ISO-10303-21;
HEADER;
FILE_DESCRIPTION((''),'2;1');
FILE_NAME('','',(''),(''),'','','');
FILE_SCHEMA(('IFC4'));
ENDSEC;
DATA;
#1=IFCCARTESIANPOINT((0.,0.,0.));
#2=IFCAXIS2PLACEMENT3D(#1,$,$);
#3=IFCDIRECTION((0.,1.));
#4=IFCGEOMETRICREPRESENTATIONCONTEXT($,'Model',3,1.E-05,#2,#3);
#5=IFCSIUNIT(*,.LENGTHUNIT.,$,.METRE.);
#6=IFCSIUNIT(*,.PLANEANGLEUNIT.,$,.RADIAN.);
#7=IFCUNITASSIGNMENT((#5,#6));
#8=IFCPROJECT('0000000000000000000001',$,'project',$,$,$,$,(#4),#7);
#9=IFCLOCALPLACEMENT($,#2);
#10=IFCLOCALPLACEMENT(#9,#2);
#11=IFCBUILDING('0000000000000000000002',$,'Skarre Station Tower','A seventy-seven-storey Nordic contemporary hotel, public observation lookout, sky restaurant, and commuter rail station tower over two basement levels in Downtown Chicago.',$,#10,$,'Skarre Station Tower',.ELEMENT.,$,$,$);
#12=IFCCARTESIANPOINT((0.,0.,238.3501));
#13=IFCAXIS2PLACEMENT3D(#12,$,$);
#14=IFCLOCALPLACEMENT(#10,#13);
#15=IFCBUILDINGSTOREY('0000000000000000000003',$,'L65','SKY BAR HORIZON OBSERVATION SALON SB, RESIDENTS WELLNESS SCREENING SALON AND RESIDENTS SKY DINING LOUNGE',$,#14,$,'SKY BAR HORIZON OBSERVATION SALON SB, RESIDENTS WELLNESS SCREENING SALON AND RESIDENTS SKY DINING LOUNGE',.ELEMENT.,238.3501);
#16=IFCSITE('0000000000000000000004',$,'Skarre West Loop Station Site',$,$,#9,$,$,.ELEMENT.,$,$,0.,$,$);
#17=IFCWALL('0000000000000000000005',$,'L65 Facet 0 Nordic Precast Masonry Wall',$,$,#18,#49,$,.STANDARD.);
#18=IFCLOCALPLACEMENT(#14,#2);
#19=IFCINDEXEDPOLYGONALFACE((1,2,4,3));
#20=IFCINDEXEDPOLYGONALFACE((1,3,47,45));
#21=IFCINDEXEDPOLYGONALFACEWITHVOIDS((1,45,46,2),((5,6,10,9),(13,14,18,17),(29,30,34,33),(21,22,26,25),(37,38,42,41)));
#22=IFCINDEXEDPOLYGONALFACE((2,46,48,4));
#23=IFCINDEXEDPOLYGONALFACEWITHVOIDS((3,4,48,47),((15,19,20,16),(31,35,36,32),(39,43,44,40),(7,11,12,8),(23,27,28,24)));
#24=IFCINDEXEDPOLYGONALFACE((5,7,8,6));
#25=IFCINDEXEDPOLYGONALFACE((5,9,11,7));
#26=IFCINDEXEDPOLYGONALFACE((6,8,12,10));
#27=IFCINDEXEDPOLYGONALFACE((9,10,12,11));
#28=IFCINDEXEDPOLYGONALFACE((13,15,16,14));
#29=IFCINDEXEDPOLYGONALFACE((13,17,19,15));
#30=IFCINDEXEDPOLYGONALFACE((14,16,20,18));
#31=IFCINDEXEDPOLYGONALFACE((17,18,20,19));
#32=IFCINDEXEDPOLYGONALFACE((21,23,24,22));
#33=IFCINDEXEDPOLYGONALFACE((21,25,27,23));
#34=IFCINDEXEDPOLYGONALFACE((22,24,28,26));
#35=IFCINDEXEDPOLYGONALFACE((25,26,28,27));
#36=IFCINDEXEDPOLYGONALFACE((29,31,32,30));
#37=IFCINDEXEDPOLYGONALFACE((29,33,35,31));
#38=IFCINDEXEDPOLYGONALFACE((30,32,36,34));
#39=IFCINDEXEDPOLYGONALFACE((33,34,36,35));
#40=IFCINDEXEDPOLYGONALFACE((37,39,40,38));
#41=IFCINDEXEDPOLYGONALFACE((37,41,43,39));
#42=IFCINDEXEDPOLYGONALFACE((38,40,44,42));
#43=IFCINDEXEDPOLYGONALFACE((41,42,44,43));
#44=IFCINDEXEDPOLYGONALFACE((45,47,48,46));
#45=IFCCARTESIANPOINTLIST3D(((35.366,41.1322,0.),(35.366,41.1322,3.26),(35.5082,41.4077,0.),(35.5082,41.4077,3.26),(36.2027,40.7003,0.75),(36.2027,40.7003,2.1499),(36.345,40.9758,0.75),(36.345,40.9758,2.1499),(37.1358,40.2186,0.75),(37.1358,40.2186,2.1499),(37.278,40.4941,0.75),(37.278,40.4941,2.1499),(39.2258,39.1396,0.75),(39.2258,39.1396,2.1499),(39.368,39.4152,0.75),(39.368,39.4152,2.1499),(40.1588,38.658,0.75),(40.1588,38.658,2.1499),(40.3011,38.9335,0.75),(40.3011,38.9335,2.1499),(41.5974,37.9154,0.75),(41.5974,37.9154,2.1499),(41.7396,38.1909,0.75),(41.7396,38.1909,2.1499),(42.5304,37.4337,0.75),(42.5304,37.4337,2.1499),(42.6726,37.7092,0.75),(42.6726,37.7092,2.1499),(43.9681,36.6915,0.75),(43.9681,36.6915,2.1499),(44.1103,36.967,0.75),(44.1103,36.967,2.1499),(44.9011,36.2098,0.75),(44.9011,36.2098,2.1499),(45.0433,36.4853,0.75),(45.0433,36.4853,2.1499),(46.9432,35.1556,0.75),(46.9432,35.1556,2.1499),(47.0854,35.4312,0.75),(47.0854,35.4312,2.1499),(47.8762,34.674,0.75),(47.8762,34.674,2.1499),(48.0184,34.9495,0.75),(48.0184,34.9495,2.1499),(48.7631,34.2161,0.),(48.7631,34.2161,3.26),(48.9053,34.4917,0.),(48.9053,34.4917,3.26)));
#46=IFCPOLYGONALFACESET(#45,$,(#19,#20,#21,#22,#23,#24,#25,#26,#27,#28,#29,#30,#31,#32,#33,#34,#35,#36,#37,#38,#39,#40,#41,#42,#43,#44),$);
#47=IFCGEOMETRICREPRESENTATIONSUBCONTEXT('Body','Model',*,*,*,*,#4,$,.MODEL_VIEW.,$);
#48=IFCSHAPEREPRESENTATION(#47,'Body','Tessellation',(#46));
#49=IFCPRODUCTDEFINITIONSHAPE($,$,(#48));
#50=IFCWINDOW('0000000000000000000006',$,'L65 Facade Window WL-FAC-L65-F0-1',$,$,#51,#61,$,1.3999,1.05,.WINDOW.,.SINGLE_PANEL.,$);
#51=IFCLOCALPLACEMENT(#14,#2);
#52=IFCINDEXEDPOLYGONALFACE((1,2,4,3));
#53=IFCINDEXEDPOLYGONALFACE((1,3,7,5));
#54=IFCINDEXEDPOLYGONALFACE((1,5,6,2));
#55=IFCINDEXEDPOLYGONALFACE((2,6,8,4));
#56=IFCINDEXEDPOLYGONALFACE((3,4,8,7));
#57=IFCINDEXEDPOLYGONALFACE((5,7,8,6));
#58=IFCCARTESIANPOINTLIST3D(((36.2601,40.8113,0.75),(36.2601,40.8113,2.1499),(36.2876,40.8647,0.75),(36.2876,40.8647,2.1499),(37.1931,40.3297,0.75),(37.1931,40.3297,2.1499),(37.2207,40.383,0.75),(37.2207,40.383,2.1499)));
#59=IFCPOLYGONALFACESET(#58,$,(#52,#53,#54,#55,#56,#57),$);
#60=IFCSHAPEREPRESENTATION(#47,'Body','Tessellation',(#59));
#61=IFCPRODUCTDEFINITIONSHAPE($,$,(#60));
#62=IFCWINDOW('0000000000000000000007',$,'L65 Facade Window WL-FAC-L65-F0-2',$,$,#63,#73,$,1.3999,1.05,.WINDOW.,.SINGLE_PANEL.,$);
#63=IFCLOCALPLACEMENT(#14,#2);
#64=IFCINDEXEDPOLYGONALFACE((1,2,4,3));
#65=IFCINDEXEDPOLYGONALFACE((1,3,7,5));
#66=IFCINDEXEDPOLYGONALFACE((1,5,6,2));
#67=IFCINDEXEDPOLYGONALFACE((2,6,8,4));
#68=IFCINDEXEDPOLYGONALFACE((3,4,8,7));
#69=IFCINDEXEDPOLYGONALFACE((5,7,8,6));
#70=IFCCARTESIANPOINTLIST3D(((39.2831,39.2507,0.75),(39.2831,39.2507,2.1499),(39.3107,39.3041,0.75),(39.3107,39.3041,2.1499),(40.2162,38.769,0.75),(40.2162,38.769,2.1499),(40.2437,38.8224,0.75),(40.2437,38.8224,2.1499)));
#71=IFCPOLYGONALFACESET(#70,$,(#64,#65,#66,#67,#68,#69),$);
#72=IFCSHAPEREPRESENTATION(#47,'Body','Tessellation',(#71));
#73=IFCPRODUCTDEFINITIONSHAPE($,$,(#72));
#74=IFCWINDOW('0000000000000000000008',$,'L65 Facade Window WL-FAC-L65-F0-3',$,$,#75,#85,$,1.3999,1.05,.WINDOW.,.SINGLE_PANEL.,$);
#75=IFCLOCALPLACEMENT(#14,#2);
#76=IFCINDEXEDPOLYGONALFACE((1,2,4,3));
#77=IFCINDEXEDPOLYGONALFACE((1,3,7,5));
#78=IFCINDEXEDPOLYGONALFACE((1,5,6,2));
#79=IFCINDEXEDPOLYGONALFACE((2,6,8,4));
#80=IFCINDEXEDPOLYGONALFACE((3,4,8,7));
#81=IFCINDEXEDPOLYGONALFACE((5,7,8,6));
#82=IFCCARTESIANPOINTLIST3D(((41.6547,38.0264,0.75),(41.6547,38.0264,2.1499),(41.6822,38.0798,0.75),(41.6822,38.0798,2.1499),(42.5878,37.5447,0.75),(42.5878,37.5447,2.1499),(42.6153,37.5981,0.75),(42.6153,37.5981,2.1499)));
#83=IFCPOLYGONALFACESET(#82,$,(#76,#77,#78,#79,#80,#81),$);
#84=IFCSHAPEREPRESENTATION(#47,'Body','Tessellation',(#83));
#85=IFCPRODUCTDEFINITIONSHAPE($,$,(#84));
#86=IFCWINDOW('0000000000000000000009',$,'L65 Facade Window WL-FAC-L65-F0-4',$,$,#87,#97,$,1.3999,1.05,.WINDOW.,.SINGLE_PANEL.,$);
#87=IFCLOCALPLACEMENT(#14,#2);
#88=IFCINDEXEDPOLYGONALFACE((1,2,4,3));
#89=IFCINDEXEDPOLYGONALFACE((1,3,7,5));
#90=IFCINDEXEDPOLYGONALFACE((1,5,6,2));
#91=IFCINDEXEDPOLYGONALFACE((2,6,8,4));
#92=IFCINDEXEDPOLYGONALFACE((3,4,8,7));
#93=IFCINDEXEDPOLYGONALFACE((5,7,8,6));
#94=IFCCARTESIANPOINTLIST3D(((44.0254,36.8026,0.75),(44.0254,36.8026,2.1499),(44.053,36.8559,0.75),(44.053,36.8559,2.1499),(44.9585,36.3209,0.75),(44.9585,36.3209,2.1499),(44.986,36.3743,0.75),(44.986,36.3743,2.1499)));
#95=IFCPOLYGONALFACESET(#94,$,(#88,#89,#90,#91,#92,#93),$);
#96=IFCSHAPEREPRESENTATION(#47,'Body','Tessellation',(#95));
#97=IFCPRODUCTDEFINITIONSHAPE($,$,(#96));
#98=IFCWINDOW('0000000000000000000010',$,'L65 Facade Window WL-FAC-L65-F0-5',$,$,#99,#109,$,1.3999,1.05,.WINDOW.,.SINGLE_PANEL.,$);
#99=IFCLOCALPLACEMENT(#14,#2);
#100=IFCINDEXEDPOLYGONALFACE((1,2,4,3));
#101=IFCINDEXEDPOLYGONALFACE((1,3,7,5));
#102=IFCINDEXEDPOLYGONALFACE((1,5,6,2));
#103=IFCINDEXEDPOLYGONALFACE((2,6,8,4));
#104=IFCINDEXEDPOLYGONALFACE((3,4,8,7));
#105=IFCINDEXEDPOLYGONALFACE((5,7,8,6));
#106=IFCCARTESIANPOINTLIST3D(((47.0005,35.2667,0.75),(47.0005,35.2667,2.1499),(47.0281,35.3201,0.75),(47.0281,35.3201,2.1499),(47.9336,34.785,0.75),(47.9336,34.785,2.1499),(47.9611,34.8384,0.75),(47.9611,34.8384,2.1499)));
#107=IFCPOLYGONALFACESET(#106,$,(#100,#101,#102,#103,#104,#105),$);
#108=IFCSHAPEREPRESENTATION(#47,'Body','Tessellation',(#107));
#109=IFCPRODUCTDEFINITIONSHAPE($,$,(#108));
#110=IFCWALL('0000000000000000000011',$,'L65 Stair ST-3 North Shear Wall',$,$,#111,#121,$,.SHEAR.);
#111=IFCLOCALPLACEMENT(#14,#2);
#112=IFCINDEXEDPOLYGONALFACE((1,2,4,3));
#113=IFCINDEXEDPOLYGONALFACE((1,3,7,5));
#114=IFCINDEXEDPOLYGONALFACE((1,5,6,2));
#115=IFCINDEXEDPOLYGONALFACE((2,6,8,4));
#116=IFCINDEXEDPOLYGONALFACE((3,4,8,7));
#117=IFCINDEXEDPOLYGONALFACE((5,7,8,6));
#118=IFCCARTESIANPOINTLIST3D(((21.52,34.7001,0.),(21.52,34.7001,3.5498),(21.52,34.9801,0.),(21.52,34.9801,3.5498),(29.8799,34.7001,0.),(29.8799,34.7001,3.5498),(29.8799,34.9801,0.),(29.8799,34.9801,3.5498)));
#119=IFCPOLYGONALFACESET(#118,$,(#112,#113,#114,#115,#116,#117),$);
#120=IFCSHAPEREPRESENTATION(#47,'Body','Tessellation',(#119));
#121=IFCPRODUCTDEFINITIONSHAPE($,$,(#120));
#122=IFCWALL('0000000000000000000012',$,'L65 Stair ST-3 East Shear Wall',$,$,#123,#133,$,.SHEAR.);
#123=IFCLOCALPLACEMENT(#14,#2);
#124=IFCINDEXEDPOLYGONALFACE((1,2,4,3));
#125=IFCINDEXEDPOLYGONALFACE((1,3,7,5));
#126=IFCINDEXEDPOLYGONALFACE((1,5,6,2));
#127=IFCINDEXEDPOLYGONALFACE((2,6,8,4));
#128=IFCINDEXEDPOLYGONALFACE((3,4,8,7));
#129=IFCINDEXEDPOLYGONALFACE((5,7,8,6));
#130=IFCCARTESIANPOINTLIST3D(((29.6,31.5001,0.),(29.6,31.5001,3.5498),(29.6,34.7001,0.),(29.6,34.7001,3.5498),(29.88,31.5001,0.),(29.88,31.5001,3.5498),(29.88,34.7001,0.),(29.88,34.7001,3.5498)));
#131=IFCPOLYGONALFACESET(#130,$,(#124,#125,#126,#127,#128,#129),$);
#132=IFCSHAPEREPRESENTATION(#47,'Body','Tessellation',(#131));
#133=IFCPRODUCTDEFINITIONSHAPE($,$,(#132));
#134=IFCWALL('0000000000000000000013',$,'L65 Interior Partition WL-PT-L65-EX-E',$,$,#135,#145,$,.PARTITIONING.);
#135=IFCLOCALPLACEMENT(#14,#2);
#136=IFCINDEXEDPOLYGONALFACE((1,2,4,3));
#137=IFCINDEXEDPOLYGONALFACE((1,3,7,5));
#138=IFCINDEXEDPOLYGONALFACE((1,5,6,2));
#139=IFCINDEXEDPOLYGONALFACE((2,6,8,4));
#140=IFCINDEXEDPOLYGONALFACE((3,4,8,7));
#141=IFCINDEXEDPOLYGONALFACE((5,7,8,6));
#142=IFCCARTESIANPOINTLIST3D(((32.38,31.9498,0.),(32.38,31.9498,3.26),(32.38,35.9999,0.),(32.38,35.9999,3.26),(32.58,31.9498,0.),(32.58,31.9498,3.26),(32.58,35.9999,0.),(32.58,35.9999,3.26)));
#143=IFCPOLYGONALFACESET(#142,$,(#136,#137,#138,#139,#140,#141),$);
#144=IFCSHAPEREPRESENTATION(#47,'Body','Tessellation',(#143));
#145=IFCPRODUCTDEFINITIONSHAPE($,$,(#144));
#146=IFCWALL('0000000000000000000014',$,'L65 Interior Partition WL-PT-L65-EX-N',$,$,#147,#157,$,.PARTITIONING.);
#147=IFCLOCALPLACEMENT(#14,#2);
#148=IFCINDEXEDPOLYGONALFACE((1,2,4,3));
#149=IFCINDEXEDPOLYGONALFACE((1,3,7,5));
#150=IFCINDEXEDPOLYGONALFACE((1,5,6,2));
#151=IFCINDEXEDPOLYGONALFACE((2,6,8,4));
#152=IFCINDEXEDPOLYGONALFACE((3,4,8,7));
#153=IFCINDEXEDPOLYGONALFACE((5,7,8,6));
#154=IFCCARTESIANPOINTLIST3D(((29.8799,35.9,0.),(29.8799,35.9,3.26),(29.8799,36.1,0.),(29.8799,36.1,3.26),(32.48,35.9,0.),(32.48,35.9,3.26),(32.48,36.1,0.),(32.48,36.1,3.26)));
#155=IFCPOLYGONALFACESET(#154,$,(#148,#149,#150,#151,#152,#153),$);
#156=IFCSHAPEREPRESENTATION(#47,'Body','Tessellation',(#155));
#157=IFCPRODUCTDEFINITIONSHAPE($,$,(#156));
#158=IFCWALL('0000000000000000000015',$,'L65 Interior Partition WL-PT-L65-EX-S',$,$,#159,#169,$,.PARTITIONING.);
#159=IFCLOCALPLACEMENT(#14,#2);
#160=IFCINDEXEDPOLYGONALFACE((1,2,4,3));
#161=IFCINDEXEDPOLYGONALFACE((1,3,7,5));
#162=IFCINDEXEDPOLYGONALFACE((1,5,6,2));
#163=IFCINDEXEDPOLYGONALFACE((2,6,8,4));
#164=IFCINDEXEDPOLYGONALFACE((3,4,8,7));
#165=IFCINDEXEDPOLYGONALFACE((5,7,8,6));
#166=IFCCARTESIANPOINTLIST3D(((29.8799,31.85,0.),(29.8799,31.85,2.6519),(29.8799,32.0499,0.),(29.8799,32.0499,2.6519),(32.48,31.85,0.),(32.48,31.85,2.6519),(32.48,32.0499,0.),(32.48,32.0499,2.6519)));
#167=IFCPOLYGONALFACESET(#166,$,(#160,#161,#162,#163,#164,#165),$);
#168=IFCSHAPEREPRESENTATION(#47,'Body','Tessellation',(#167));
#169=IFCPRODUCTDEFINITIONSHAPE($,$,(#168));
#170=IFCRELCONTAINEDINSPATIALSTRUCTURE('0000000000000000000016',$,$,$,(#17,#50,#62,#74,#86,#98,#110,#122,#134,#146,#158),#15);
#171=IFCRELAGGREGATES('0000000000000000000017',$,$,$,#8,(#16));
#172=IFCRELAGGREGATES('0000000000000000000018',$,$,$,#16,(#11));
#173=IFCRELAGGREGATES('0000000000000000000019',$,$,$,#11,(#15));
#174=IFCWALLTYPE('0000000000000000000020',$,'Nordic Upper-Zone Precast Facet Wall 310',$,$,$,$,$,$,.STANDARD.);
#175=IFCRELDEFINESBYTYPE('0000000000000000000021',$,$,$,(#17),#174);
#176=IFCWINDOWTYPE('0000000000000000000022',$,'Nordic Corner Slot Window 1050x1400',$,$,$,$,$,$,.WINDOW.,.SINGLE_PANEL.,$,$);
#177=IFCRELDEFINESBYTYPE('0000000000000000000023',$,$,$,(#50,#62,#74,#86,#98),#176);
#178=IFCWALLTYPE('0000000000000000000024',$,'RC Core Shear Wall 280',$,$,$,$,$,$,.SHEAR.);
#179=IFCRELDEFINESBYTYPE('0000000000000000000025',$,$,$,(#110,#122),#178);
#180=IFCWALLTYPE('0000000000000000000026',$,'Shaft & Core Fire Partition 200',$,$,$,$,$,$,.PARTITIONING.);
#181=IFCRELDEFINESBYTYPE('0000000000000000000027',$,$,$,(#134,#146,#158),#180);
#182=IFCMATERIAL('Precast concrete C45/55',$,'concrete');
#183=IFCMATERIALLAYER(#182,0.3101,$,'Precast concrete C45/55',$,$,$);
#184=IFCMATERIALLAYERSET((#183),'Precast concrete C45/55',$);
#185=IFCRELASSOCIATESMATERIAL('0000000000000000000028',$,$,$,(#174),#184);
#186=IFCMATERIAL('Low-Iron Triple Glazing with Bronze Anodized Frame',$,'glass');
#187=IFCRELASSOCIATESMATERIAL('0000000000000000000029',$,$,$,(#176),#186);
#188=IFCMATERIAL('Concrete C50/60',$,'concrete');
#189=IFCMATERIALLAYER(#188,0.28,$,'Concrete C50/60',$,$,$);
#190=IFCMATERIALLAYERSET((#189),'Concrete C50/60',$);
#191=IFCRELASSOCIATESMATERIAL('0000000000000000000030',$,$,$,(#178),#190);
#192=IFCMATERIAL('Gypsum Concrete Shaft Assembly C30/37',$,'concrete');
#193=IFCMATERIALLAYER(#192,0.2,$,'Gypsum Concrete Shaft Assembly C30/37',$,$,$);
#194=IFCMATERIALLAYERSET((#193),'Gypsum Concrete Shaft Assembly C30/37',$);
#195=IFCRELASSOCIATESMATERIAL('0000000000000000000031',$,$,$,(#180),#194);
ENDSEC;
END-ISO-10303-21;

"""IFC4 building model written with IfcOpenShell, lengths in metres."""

from ifc_helpers import new_model, si_unit, direction, frame, frame_2d, origin, place, context, subcontext, project, spatial, rectangle, extrude, material, layer, layer_set, type_object, element, fill, save


model = new_model("IFC4")

# Units and contexts
model_context = context("Model", 3, precision=1e-05, world=origin(), true_north=direction((0.0, 1.0)))
body_context = subcontext(model_context, "Body", "Model", "MODEL_VIEW")
ifc_project = project(units=[si_unit("LENGTHUNIT", "METRE"), si_unit("PLANEANGLEUNIT", "RADIAN")], contexts=[model_context])

# Site, building, storey
site_placement = place(None, origin())
site = spatial("IfcSite", under=ifc_project, at=site_placement, Name="Skarre West Loop Station Site", CompositionType="ELEMENT", RefElevation=0.0)
building_placement = place(site_placement, origin())
building = spatial("IfcBuilding", under=site, at=building_placement, Name="Skarre Station Tower", Description="A seventy-seven-storey Nordic contemporary hotel, public observation lookout, sky restaurant, and commuter rail station tower over two basement levels in Downtown Chicago.", LongName="Skarre Station Tower", CompositionType="ELEMENT")
storey_placement = place(building_placement, frame((0.0, 0.0, 238.3501)))
storey = spatial("IfcBuildingStorey", under=building, at=storey_placement, Name="L65", Description="SKY BAR HORIZON OBSERVATION SALON SB, RESIDENTS WELLNESS SCREENING SALON AND RESIDENTS SKY DINING LOUNGE", LongName="SKY BAR HORIZON OBSERVATION SALON SB, RESIDENTS WELLNESS SCREENING SALON AND RESIDENTS SKY DINING LOUNGE", CompositionType="ELEMENT", Elevation=238.3501)

# Shared definitions
ifc_material_1 = material(Name="Concrete C50/60", Category="concrete")

# Shared definitions
ifc_material_2 = material(Name="Precast concrete C45/55", Category="concrete")

# Wall, openings, windows
ifc_layer_1 = layer(ifc_material_2, 0.3101, Name="Precast concrete C45/55")
ifc_layer_set_1 = layer_set([ifc_layer_1], Name="Precast concrete C45/55")
wall_type_1 = type_object("IfcWallType", Name="Nordic Upper-Zone Precast Facet Wall 310", PredefinedType="STANDARD", material=ifc_layer_set_1)
wall_1_placement = place(storey_placement, frame((35.437, 41.27, 0.0), z_axis=(0.0, 0.0, 1.0), x_axis=(0.888581, -0.458719, 0.0)))
wall_1 = element("IfcWall", 1, at=wall_1_placement, inside=storey, type_object=wall_type_1, Name="L65 Facet 0 Nordic Precast Masonry Wall", PredefinedType="STANDARD", context=body_context, shape_type="SweptSolid", body=[
    extrude(rectangle(XDim=15.0769, YDim=0.3101, at=frame_2d((7.5386, 0.0))), origin(), (0.0, 0.0, 1.0), 3.26),
])
opening_1_placement = place(wall_1_placement, frame((0.9419, 0.0, 0.75)))
opening_1 = element("IfcOpeningElement", 2, at=opening_1_placement, cuts=wall_1, PredefinedType="OPENING", context=body_context, shape_type="SweptSolid", body=[
    extrude(rectangle(XDim=1.05, YDim=1.3999, at=frame_2d((0.5249, 0.7))), frame((0.0, 0.165, 0.0), z_axis=(0.0, -1.0, 0.0), x_axis=(1.0, 0.0, 0.0)), (0.0, 0.0, 1.0), 0.3301),
])
opening_2_placement = place(wall_1_placement, frame((4.344, 0.0, 0.75)))
opening_2 = element("IfcOpeningElement", 3, at=opening_2_placement, cuts=wall_1, PredefinedType="OPENING", context=body_context, shape_type="SweptSolid", body=[
    extrude(rectangle(XDim=1.05, YDim=1.3999, at=frame_2d((0.5249, 0.7))), frame((0.0, 0.165, 0.0), z_axis=(0.0, -1.0, 0.0), x_axis=(1.0, 0.0, 0.0)), (0.0, 0.0, 1.0), 0.3301),
])
opening_3_placement = place(wall_1_placement, frame((7.0129, 0.0, 0.75)))
opening_3 = element("IfcOpeningElement", 4, at=opening_3_placement, cuts=wall_1, PredefinedType="OPENING", context=body_context, shape_type="SweptSolid", body=[
    extrude(rectangle(XDim=1.05, YDim=1.3999, at=frame_2d((0.5249, 0.7))), frame((0.0, 0.165, 0.0), z_axis=(0.0, -1.0, 0.0), x_axis=(1.0, 0.0, 0.0)), (0.0, 0.0, 1.0), 0.3301),
])
opening_4_placement = place(wall_1_placement, frame((9.6809, 0.0, 0.75)))
opening_4 = element("IfcOpeningElement", 5, at=opening_4_placement, cuts=wall_1, PredefinedType="OPENING", context=body_context, shape_type="SweptSolid", body=[
    extrude(rectangle(XDim=1.05, YDim=1.3999, at=frame_2d((0.5249, 0.7))), frame((0.0, 0.165, 0.0), z_axis=(0.0, -1.0, 0.0), x_axis=(1.0, 0.0, 0.0)), (0.0, 0.0, 1.0), 0.3301),
])
opening_5_placement = place(wall_1_placement, frame((13.0291, 0.0, 0.75)))
opening_5 = element("IfcOpeningElement", 6, at=opening_5_placement, cuts=wall_1, PredefinedType="OPENING", context=body_context, shape_type="SweptSolid", body=[
    extrude(rectangle(XDim=1.05, YDim=1.3999, at=frame_2d((0.5249, 0.7))), frame((0.0, 0.165, 0.0), z_axis=(0.0, -1.0, 0.0), x_axis=(1.0, 0.0, 0.0)), (0.0, 0.0, 1.0), 0.3301),
])
ifc_material_3 = material(Name="Low-Iron Triple Glazing with Bronze Anodized Frame", Category="glass")
window_type = type_object("IfcWindowType", Name="Nordic Corner Slot Window 1050x1400", PartitioningType="SINGLE_PANEL", PredefinedType="WINDOW", material=ifc_material_3)
window_1_placement = place(opening_1_placement, origin())
window_1 = element("IfcWindow", 7, at=window_1_placement, inside=storey, type_object=window_type, Name="L65 Facade Window WL-FAC-L65-F0-1", OverallHeight=1.3999, OverallWidth=1.05, PartitioningType="SINGLE_PANEL", PredefinedType="WINDOW", context=body_context, shape_type="SweptSolid", body=[
    extrude(rectangle(XDim=1.05, YDim=1.3999, at=frame_2d((0.5249, 0.7))), frame((0.0, 0.03, 0.0), z_axis=(0.0, -1.0, 0.0), x_axis=(1.0, 0.0, 0.0)), (0.0, 0.0, 1.0), 0.0601),
])
fill(opening_1, window_1)
window_2_placement = place(opening_2_placement, origin())
window_2 = element("IfcWindow", 8, at=window_2_placement, inside=storey, type_object=window_type, Name="L65 Facade Window WL-FAC-L65-F0-2", OverallHeight=1.3999, OverallWidth=1.05, PartitioningType="SINGLE_PANEL", PredefinedType="WINDOW", context=body_context, shape_type="SweptSolid", body=[
    extrude(rectangle(XDim=1.05, YDim=1.3999, at=frame_2d((0.5249, 0.7))), frame((0.0, 0.03, 0.0), z_axis=(0.0, -1.0, 0.0), x_axis=(1.0, 0.0, 0.0)), (0.0, 0.0, 1.0), 0.0601),
])
fill(opening_2, window_2)
window_3_placement = place(opening_3_placement, origin())
window_3 = element("IfcWindow", 9, at=window_3_placement, inside=storey, type_object=window_type, Name="L65 Facade Window WL-FAC-L65-F0-3", OverallHeight=1.3999, OverallWidth=1.05, PartitioningType="SINGLE_PANEL", PredefinedType="WINDOW", context=body_context, shape_type="SweptSolid", body=[
    extrude(rectangle(XDim=1.05, YDim=1.3999, at=frame_2d((0.5249, 0.7))), frame((0.0, 0.03, 0.0), z_axis=(0.0, -1.0, 0.0), x_axis=(1.0, 0.0, 0.0)), (0.0, 0.0, 1.0), 0.0601),
])
fill(opening_3, window_3)
window_4_placement = place(opening_4_placement, origin())
window_4 = element("IfcWindow", 10, at=window_4_placement, inside=storey, type_object=window_type, Name="L65 Facade Window WL-FAC-L65-F0-4", OverallHeight=1.3999, OverallWidth=1.05, PartitioningType="SINGLE_PANEL", PredefinedType="WINDOW", context=body_context, shape_type="SweptSolid", body=[
    extrude(rectangle(XDim=1.05, YDim=1.3999, at=frame_2d((0.5249, 0.7))), frame((0.0, 0.03, 0.0), z_axis=(0.0, -1.0, 0.0), x_axis=(1.0, 0.0, 0.0)), (0.0, 0.0, 1.0), 0.0601),
])
fill(opening_4, window_4)
window_5_placement = place(opening_5_placement, origin())
window_5 = element("IfcWindow", 11, at=window_5_placement, inside=storey, type_object=window_type, Name="L65 Facade Window WL-FAC-L65-F0-5", OverallHeight=1.3999, OverallWidth=1.05, PartitioningType="SINGLE_PANEL", PredefinedType="WINDOW", context=body_context, shape_type="SweptSolid", body=[
    extrude(rectangle(XDim=1.05, YDim=1.3999, at=frame_2d((0.5249, 0.7))), frame((0.0, 0.03, 0.0), z_axis=(0.0, -1.0, 0.0), x_axis=(1.0, 0.0, 0.0)), (0.0, 0.0, 1.0), 0.0601),
])
fill(opening_5, window_5)

# Walls
ifc_layer_2 = layer(ifc_material_1, 0.28, Name="Concrete C50/60")
ifc_layer_set_2 = layer_set([ifc_layer_2], Name="Concrete C50/60")
wall_type_2 = type_object("IfcWallType", Name="RC Core Shear Wall 280", PredefinedType="SHEAR", material=ifc_layer_set_2)
wall_2_placement = place(storey_placement, frame((29.8799, 34.8401, 0.0), z_axis=(0.0, 0.0, 1.0), x_axis=(-1.0, 0.0, 0.0)))
element("IfcWall", 12, at=wall_2_placement, inside=storey, type_object=wall_type_2, Name="L65 Stair ST-3 North Shear Wall", PredefinedType="SHEAR", context=body_context, shape_type="SweptSolid", body=[
    extrude(rectangle(XDim=8.3599, YDim=0.28, at=frame_2d((4.1799, 0.0))), origin(), (0.0, 0.0, 1.0), 3.5498),
])
wall_3_placement = place(storey_placement, frame((29.74, 31.5, 0.0), z_axis=(0.0, 0.0, 1.0), x_axis=(0.0, 1.0, 0.0)))
element("IfcWall", 13, at=wall_3_placement, inside=storey, type_object=wall_type_2, Name="L65 Stair ST-3 East Shear Wall", PredefinedType="SHEAR", context=body_context, shape_type="SweptSolid", body=[
    extrude(rectangle(XDim=3.2, YDim=0.28, at=frame_2d((1.6001, 0.0))), origin(), (0.0, 0.0, 1.0), 3.5498),
])
ifc_material_4 = material(Name="Gypsum Concrete Shaft Assembly C30/37", Category="concrete")
ifc_layer_3 = layer(ifc_material_4, 0.2, Name="Gypsum Concrete Shaft Assembly C30/37")
ifc_layer_set_3 = layer_set([ifc_layer_3], Name="Gypsum Concrete Shaft Assembly C30/37")
wall_type_3 = type_object("IfcWallType", Name="Shaft & Core Fire Partition 200", PredefinedType="PARTITIONING", material=ifc_layer_set_3)
wall_4_placement = place(storey_placement, frame((32.48, 31.95, 0.0), z_axis=(0.0, 0.0, 1.0), x_axis=(0.0, 1.0, 0.0)))
element("IfcWall", 14, at=wall_4_placement, inside=storey, type_object=wall_type_3, Name="L65 Interior Partition WL-PT-L65-EX-E", PredefinedType="PARTITIONING", context=body_context, shape_type="SweptSolid", body=[
    extrude(rectangle(XDim=4.05, YDim=0.2, at=frame_2d((2.0249, 0.0))), origin(), (0.0, 0.0, 1.0), 3.26),
])
wall_5_placement = place(storey_placement, frame((29.8799, 36.0, 0.0), z_axis=(0.0, 0.0, 1.0), x_axis=(1.0, 0.0, 0.0)))
element("IfcWall", 15, at=wall_5_placement, inside=storey, type_object=wall_type_3, Name="L65 Interior Partition WL-PT-L65-EX-N", PredefinedType="PARTITIONING", context=body_context, shape_type="SweptSolid", body=[
    extrude(rectangle(XDim=2.6001, YDim=0.2, at=frame_2d((1.3, 0.0))), origin(), (0.0, 0.0, 1.0), 3.26),
])
wall_6_placement = place(storey_placement, frame((32.48, 31.95, 0.0), z_axis=(0.0, 0.0, 1.0), x_axis=(-1.0, 0.0, 0.0)))
element("IfcWall", 16, at=wall_6_placement, inside=storey, type_object=wall_type_3, Name="L65 Interior Partition WL-PT-L65-EX-S", PredefinedType="PARTITIONING", context=body_context, shape_type="SweptSolid", body=[
    extrude(rectangle(XDim=2.6001, YDim=0.2, at=frame_2d((1.3, 0.0))), origin(), (0.0, 0.0, 1.0), 2.6519),
])

save(model, "model.ifc")
